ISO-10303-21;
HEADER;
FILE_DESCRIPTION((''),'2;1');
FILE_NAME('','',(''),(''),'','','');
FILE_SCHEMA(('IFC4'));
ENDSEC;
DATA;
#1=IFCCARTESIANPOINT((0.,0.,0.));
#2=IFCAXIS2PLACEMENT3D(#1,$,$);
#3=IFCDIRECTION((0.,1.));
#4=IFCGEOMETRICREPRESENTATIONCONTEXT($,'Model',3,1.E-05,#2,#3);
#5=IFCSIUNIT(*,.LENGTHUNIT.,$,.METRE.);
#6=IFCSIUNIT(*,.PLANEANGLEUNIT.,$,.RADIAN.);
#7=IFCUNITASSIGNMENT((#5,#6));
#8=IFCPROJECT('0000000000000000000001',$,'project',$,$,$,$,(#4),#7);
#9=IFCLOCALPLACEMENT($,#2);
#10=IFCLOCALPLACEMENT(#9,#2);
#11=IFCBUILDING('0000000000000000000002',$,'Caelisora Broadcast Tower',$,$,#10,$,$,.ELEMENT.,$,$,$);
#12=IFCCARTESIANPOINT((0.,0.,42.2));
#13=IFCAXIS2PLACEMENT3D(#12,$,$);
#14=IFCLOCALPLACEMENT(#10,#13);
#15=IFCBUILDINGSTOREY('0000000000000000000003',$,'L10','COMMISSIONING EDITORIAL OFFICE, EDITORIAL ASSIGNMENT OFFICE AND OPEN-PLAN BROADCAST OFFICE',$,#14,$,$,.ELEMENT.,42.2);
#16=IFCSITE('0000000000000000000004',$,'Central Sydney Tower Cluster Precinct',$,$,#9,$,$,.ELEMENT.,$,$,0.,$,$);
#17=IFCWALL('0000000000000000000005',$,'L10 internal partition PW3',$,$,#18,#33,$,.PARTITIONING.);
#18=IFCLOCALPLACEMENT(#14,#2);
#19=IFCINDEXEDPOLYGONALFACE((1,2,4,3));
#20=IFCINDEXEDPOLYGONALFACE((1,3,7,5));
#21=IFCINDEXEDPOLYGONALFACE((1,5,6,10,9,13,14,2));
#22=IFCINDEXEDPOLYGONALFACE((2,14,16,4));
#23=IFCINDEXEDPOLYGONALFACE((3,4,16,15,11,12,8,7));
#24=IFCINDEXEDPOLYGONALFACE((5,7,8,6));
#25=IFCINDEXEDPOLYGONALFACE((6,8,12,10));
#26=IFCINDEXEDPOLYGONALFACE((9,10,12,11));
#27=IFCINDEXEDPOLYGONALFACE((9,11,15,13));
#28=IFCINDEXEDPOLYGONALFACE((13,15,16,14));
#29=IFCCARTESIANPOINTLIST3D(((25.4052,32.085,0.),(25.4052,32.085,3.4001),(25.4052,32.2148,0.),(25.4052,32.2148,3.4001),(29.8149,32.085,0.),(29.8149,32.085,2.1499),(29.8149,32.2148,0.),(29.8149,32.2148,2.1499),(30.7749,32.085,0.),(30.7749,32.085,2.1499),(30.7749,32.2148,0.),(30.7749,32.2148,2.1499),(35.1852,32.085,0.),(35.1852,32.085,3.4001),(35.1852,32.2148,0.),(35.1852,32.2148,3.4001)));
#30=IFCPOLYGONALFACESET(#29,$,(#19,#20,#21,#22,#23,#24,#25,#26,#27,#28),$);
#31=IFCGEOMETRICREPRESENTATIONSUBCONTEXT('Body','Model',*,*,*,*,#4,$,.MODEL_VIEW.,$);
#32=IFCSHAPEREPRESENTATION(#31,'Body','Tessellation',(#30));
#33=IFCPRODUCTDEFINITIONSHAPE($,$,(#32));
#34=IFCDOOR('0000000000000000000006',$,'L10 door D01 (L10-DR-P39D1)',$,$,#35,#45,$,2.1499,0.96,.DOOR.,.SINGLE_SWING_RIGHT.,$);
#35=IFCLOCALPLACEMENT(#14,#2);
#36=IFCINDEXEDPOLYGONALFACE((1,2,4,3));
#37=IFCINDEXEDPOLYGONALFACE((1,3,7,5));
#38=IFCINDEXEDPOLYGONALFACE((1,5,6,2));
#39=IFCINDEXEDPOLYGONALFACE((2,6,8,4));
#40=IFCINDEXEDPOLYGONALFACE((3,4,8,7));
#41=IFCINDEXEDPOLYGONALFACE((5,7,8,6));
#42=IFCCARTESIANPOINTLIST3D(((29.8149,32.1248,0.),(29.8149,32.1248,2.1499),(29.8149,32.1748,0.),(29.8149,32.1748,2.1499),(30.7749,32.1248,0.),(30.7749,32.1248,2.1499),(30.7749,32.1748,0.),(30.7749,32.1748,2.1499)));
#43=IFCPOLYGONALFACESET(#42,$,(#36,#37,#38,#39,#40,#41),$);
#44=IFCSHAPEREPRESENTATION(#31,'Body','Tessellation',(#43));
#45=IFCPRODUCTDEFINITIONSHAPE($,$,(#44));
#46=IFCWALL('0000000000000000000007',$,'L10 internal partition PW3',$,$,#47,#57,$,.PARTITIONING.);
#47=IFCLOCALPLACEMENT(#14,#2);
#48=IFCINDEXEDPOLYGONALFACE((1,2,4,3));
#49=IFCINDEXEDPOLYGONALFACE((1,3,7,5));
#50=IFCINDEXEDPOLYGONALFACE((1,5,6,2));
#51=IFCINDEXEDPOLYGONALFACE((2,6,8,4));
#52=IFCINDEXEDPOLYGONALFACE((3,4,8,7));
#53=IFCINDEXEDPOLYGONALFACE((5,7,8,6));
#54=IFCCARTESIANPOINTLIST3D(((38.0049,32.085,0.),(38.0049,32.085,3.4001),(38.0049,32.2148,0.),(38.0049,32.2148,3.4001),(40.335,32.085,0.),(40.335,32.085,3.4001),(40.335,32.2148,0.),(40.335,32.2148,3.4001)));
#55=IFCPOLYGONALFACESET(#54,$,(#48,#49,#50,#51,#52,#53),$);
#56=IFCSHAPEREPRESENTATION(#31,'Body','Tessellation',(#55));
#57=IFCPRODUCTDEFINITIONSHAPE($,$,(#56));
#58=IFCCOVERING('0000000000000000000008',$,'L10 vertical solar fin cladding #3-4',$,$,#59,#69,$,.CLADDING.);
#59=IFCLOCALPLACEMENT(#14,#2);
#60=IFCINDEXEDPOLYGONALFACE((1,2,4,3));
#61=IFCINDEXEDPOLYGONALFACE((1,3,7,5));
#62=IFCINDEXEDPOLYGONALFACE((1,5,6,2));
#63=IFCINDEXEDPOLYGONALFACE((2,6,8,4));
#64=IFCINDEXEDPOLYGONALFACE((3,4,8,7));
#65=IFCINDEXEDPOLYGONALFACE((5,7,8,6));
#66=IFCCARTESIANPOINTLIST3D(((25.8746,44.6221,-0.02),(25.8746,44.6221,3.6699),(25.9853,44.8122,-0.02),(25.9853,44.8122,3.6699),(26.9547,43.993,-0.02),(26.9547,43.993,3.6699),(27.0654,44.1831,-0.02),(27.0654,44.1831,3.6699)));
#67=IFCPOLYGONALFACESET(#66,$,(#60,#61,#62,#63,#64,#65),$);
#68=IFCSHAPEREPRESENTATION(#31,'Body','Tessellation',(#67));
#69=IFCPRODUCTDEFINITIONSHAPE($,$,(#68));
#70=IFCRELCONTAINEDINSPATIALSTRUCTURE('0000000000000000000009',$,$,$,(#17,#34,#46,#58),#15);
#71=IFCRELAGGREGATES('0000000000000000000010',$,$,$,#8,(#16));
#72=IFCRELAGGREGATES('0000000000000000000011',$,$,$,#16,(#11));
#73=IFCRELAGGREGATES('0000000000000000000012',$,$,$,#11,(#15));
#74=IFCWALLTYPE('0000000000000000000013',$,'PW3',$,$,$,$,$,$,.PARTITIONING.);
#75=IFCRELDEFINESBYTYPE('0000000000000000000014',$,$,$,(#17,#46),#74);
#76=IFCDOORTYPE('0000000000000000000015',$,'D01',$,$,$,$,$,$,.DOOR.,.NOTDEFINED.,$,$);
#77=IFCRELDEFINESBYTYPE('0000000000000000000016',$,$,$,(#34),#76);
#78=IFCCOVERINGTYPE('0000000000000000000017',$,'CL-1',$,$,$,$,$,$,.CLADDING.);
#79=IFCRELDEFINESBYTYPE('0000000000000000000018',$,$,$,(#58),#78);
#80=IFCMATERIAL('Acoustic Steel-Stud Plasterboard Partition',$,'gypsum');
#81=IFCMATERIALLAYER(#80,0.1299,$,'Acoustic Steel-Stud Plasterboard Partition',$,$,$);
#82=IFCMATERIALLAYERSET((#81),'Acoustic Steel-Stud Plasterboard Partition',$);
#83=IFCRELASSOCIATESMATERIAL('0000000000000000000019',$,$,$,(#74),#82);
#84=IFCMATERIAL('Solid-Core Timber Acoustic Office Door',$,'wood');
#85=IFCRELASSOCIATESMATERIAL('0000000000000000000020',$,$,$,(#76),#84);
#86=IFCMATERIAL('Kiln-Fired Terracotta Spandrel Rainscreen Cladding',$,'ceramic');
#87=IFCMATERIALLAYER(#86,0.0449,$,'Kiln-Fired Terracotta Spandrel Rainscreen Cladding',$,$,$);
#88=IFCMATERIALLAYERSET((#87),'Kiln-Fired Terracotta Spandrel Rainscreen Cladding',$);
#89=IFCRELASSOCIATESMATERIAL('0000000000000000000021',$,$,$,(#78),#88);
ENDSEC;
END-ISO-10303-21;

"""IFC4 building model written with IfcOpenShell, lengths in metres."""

from ifc_helpers import new_model, si_unit, direction, frame, frame_2d, origin, origin_2d, place, context, subcontext, project, spatial, rectangle, extrude, source, transform, mapped, material, layer, layer_set, type_object, type_shapes, element, fill, save


model = new_model("IFC4")

# Units and contexts
model_context = context("Model", 3, precision=1e-05, world=origin(), true_north=direction((0.0, 1.0)))
body_context = subcontext(model_context, "Body", "Model", "MODEL_VIEW")
ifc_project = project(units=[si_unit("LENGTHUNIT", "METRE"), si_unit("PLANEANGLEUNIT", "RADIAN")], contexts=[model_context])

# Site, building, storey
site_placement = place(None, origin())
site = spatial("IfcSite", under=ifc_project, at=site_placement, Name="Central Sydney Tower Cluster Precinct", CompositionType="ELEMENT", RefElevation=0.0)
building_placement = place(site_placement, origin())
building = spatial("IfcBuilding", under=site, at=building_placement, Name="Caelisora Broadcast Tower", CompositionType="ELEMENT")
storey_placement = place(building_placement, frame((0.0, 0.0, 42.2)))
storey = spatial("IfcBuildingStorey", under=building, at=storey_placement, Name="L10", Description="COMMISSIONING EDITORIAL OFFICE, EDITORIAL ASSIGNMENT OFFICE AND OPEN-PLAN BROADCAST OFFICE", CompositionType="ELEMENT", Elevation=42.2)

# Shared definitions
ifc_material_1 = material(Name="Acoustic Steel-Stud Plasterboard Partition", Category="gypsum")
ifc_layer_1 = layer(ifc_material_1, 0.1299, Name="Acoustic Steel-Stud Plasterboard Partition")
ifc_layer_set_1 = layer_set([ifc_layer_1], Name="Acoustic Steel-Stud Plasterboard Partition")
wall_type_1 = type_object("IfcWallType", Name="PW3", PredefinedType="PARTITIONING", material=ifc_layer_set_1)

# Wall, opening, door
wall_1_placement = place(storey_placement, frame((25.405, 32.1499, 0.0), z_axis=(0.0, 0.0, 1.0), x_axis=(1.0, 0.0, 0.0)))
wall_1 = element("IfcWall", 1, at=wall_1_placement, inside=storey, type_object=wall_type_1, Name="L10 internal partition PW3", PredefinedType="PARTITIONING", context=body_context, shape_type="SweptSolid", body=[
    extrude(rectangle(XDim=9.78, YDim=0.1299, at=frame_2d((4.8901, 0.0))), origin(), (0.0, 0.0, 1.0), 3.4001),
])
opening_1_placement = place(wall_1_placement, frame((4.4099, 0.0, 0.0)))
opening_1 = element("IfcOpeningElement", 2, at=opening_1_placement, cuts=wall_1, PredefinedType="OPENING", context=body_context, shape_type="SweptSolid", body=[
    extrude(rectangle(XDim=0.96, YDim=2.1499, at=frame_2d((0.48, 1.075))), frame((0.0, 0.0769, 0.0), z_axis=(0.0, -1.0, 0.0), x_axis=(1.0, 0.0, 0.0)), (0.0, 0.0, 1.0), 0.1538),
])
ifc_material_2 = material(Name="Solid-Core Timber Acoustic Office Door", Category="wood")
door_type = type_object("IfcDoorType", Name="D01", OperationType="NOTDEFINED", PredefinedType="DOOR", material=ifc_material_2)
door_1_placement = place(opening_1_placement, origin())
door_1 = element("IfcDoor", 3, at=door_1_placement, inside=storey, type_object=door_type, Name="L10 door D01 (L10-DR-P39D1)", OperationType="SINGLE_SWING_RIGHT", OverallHeight=2.1499, OverallWidth=0.96, PredefinedType="DOOR", context=body_context, shape_type="SweptSolid", body=[
    extrude(rectangle(XDim=0.96, YDim=2.1499, at=frame_2d((0.48, 1.075))), frame((0.0, 0.0249, 0.0), z_axis=(0.0, -1.0, 0.0), x_axis=(1.0, 0.0, 0.0)), (0.0, 0.0, 1.0), 0.05),
])
fill(opening_1, door_1)

# Wall
wall_2_placement = place(storey_placement, frame((38.0049, 32.1499, 0.0), z_axis=(0.0, 0.0, 1.0), x_axis=(1.0, 0.0, 0.0)))
element("IfcWall", 4, at=wall_2_placement, inside=storey, type_object=wall_type_1, Name="L10 internal partition PW3", PredefinedType="PARTITIONING", context=body_context, shape_type="SweptSolid", body=[
    extrude(rectangle(XDim=2.3301, YDim=0.1299, at=frame_2d((1.165, 0.0))), origin(), (0.0, 0.0, 1.0), 3.4001),
])

# Covering
ifc_material_3 = material(Name="Kiln-Fired Terracotta Spandrel Rainscreen Cladding", Category="ceramic")
ifc_layer_2 = layer(ifc_material_3, 0.0449, Name="Kiln-Fired Terracotta Spandrel Rainscreen Cladding")
ifc_layer_set_2 = layer_set([ifc_layer_2], Name="Kiln-Fired Terracotta Spandrel Rainscreen Cladding")
covering_type = type_object("IfcCoveringType", Name="CL-1", PredefinedType="CLADDING", material=ifc_layer_set_2)
shared_shape_1 = source(origin(), body_context, "Body", "SweptSolid", [
    extrude(rectangle(XDim=0.22, YDim=1.25, at=origin_2d()), origin(), (0.0, 0.0, 1.0), 3.6899),
])
type_shapes(covering_type, [shared_shape_1])
covering_placement = place(storey_placement, frame((26.47, 44.4026, -0.02), z_axis=(0.0, 0.0, 1.0), x_axis=(0.503322, 0.864099, 0.0)))
element("IfcCovering", 5, at=covering_placement, inside=storey, type_object=covering_type, Name="L10 vertical solar fin cladding #3-4", PredefinedType="CLADDING", context=body_context, shape_type="MappedRepresentation", body=[
    mapped(shared_shape_1, transform((0.0, 0.0, 0.0), scale=1.0)),
])

save(model, "model.ifc")
